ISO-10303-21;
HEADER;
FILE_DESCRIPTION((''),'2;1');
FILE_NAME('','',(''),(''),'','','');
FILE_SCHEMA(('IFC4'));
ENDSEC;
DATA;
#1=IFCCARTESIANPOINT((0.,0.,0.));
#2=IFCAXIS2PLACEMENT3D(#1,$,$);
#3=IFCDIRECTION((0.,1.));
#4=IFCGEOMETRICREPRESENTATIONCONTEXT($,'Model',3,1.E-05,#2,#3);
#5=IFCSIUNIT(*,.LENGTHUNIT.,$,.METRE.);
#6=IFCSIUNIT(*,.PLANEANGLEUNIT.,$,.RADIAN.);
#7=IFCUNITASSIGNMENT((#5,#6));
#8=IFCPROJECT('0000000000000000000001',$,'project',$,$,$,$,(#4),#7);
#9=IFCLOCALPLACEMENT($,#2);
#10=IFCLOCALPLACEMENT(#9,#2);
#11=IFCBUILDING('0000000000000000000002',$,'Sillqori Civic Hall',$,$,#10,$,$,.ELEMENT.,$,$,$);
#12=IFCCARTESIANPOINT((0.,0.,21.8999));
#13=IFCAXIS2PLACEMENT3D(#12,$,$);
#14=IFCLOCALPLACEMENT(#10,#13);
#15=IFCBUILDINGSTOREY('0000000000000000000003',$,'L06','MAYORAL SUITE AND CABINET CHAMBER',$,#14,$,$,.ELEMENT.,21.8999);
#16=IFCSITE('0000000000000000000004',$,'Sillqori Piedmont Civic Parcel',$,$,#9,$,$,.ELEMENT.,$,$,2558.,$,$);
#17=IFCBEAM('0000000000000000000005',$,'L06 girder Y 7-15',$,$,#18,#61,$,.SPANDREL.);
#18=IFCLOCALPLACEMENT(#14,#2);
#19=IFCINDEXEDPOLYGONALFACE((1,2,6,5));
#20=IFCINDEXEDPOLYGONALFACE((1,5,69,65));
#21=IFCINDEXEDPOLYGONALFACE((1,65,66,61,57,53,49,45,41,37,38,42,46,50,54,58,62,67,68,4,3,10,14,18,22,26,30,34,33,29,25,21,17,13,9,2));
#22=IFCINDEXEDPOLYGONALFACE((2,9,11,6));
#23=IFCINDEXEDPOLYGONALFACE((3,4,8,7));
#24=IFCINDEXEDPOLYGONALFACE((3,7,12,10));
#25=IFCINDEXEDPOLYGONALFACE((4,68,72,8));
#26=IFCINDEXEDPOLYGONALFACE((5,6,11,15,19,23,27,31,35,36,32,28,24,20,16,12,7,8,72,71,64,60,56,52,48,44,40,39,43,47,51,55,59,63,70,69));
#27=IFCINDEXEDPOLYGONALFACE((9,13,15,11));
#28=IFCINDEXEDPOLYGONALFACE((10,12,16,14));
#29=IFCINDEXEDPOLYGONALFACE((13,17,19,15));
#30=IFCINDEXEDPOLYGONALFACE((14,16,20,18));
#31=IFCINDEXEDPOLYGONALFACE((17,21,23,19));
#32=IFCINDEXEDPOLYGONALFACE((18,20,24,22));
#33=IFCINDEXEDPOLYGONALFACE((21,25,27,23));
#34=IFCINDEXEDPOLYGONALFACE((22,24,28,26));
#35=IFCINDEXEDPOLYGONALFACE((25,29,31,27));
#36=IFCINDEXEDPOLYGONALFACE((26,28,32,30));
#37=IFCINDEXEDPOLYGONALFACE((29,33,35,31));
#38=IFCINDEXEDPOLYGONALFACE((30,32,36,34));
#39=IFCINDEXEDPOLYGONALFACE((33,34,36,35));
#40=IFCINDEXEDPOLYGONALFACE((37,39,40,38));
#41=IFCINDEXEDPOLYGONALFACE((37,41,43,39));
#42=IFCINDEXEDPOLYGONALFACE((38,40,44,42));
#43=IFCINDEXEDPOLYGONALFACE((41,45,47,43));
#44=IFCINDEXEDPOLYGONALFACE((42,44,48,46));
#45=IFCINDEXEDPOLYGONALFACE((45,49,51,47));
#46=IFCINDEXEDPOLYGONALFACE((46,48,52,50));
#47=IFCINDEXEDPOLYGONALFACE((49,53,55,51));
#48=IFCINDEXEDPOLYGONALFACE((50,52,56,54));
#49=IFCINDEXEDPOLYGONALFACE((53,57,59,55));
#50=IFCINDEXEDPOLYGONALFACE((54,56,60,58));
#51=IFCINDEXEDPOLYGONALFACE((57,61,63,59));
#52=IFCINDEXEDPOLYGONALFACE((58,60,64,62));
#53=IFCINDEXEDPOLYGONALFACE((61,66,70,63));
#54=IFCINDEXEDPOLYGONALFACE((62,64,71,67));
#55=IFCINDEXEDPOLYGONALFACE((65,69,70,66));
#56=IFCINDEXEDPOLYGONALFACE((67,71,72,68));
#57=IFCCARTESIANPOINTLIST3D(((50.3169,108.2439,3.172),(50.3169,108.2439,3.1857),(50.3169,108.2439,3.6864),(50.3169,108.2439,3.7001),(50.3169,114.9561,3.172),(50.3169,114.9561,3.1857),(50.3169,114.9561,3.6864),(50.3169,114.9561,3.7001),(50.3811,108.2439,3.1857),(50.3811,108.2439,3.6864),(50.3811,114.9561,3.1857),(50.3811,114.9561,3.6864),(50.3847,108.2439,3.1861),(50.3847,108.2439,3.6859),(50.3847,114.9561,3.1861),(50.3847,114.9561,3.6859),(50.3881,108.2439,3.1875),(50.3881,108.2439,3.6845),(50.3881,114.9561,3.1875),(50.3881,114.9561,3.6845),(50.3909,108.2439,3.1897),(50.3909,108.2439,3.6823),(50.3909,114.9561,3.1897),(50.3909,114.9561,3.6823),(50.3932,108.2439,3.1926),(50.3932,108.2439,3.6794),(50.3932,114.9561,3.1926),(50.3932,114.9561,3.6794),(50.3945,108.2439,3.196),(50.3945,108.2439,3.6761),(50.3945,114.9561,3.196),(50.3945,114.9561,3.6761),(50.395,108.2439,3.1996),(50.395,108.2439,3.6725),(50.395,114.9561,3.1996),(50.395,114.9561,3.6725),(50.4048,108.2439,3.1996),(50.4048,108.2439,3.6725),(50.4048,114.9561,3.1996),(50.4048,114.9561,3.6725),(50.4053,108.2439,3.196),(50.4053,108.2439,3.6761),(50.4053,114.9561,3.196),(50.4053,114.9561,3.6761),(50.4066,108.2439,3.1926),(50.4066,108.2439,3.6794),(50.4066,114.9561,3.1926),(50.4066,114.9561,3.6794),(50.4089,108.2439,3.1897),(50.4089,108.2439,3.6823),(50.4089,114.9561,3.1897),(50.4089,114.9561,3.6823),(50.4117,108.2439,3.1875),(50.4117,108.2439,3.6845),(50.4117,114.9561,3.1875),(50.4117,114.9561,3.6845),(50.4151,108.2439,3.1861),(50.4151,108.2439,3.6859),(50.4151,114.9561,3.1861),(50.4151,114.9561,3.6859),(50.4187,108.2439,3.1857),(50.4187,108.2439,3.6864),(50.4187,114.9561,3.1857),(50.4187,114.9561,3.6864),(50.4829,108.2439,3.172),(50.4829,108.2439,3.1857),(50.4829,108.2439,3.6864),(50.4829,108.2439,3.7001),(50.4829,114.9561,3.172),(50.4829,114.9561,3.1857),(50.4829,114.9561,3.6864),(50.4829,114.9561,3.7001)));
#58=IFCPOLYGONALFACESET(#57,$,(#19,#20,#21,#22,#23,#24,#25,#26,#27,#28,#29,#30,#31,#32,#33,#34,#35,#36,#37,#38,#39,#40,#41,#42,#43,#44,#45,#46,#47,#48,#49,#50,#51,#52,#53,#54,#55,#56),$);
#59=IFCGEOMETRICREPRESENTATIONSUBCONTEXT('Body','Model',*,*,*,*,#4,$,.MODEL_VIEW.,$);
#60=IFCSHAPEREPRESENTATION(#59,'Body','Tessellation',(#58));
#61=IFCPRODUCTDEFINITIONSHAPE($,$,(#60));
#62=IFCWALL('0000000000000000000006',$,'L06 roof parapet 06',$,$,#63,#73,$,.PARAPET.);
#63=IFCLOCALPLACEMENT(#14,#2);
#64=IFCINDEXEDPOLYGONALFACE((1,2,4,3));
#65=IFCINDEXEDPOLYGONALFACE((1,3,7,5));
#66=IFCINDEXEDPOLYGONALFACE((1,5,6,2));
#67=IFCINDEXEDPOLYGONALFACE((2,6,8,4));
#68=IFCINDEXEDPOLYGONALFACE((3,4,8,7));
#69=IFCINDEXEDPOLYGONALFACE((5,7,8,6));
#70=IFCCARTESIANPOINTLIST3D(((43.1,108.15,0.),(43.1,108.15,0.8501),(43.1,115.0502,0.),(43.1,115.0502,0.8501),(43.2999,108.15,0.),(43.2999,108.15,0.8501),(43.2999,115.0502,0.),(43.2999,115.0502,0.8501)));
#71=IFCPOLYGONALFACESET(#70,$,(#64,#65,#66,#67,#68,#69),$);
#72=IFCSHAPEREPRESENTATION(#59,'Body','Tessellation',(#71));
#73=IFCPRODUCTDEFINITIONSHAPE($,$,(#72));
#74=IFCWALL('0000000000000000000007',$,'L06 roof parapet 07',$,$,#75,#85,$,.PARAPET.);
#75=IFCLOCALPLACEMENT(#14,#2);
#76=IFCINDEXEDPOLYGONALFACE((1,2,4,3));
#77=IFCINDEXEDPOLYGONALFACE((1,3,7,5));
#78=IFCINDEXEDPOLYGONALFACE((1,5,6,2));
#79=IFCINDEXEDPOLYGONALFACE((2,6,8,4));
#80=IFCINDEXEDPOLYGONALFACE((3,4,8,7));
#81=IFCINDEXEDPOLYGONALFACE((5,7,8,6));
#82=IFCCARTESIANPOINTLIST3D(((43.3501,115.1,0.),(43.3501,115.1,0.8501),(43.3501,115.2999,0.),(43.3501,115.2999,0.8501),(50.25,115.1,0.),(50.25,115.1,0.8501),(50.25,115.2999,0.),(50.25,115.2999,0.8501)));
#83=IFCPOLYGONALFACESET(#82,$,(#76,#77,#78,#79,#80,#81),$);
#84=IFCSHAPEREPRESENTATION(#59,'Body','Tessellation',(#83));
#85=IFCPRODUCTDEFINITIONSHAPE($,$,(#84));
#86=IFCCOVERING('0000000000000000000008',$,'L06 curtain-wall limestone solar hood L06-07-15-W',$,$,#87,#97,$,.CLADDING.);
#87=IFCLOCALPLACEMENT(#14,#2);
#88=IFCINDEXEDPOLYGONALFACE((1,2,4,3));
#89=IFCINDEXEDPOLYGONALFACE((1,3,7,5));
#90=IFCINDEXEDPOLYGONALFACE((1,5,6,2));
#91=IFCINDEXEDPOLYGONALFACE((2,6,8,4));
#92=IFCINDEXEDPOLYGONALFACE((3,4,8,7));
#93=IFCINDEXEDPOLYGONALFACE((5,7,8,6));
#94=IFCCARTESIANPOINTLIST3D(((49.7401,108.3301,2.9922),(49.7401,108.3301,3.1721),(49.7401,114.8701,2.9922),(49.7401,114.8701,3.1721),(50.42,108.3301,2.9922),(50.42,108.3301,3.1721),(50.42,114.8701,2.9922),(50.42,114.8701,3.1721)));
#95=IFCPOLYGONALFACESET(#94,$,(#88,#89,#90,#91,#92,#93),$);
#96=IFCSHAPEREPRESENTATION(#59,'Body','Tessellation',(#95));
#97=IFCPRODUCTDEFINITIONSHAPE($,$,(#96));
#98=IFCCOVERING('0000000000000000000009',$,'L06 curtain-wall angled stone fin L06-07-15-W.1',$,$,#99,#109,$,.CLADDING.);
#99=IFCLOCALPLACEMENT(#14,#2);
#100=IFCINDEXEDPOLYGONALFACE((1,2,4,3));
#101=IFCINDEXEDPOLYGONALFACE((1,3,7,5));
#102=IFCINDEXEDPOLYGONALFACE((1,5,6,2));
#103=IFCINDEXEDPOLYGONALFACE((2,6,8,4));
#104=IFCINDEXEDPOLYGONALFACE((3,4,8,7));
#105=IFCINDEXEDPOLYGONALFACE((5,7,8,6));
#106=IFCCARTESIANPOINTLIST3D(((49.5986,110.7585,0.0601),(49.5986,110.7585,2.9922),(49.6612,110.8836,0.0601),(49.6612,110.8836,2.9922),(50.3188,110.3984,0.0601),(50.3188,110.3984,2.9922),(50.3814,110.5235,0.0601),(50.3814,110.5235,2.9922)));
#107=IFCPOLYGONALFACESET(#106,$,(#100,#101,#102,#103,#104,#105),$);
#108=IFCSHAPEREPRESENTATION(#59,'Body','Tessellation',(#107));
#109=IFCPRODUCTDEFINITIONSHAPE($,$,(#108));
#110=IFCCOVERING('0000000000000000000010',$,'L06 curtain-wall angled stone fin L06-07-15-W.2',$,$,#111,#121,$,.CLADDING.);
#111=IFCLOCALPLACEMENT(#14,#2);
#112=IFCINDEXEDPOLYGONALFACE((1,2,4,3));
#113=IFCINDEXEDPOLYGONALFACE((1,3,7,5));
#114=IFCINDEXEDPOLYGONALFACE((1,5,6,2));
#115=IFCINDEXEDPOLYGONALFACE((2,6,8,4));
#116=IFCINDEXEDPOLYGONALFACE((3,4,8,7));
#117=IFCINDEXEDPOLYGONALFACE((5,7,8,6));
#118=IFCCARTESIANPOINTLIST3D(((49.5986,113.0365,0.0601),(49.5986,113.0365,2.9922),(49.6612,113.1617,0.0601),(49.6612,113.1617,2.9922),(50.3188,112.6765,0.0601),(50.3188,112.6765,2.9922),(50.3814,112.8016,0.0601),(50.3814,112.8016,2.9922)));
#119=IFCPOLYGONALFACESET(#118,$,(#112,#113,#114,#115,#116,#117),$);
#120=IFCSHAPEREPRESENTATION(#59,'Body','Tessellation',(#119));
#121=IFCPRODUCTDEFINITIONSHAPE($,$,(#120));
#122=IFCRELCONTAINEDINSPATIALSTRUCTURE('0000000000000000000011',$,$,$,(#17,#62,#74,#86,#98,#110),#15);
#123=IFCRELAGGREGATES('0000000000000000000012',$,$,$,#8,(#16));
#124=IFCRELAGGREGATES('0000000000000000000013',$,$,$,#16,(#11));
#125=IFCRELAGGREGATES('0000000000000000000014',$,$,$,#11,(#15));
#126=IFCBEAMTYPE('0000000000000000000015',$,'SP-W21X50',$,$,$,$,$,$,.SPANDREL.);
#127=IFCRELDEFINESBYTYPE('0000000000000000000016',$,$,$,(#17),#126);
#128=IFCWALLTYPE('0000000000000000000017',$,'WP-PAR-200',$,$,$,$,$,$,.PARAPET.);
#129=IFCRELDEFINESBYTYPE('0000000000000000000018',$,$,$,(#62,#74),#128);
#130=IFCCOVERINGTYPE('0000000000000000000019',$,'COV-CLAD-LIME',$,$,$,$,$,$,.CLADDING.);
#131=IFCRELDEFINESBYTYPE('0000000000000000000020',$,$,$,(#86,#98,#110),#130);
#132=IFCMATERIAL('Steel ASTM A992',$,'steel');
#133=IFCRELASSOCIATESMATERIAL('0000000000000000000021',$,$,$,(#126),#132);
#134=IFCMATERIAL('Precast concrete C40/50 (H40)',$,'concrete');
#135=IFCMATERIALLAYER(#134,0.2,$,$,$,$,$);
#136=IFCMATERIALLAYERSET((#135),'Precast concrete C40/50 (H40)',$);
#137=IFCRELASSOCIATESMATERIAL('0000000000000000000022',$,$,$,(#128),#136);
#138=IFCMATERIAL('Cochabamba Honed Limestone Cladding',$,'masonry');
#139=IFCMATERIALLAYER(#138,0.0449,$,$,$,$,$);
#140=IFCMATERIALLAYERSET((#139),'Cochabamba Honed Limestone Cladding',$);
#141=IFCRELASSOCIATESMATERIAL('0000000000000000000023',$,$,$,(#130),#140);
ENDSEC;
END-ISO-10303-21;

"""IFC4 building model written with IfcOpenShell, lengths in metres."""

from ifc_helpers import new_model, si_unit, direction, frame, frame_2d, origin, origin_2d, place, context, subcontext, project, spatial, rectangle, i_section, extrude, material, layer, layer_set, material_profile, profile_set, type_object, element, save


model = new_model("IFC4")

# Units and contexts
model_context = context("Model", 3, precision=1e-05, world=origin(), true_north=direction((0.0, 1.0)))
body_context = subcontext(model_context, "Body", "Model", "MODEL_VIEW")
ifc_project = project(units=[si_unit("LENGTHUNIT", "METRE"), si_unit("PLANEANGLEUNIT", "RADIAN")], contexts=[model_context])

# Site, building, storey
site_placement = place(None, origin())
building_placement = place(site_placement, origin())
storey_placement = place(building_placement, frame((0.0, 0.0, 21.8999)))
site = spatial("IfcSite", under=ifc_project, at=site_placement, Name="Sillqori Piedmont Civic Parcel", CompositionType="ELEMENT", RefElevation=2558.0)
building = spatial("IfcBuilding", under=site, at=building_placement, Name="Sillqori Civic Hall", CompositionType="ELEMENT")
storey = spatial("IfcBuildingStorey", under=building, at=storey_placement, Name="L06", Description="MAYORAL SUITE AND CABINET CHAMBER", CompositionType="ELEMENT", Elevation=21.8999)

# Beam
ifc_material_1 = material(Name="Steel ASTM A992", Category="steel")
ifc_material_profile_1 = material_profile(ifc_material_1, i_section(OverallWidth=0.166, OverallDepth=0.5281, WebThickness=0.0098, FlangeThickness=0.0137, FilletRadius=0.0139, at=origin_2d()), Name="W21X50")
ifc_profile_set_1 = profile_set([ifc_material_profile_1], Name="Steel ASTM A992")
beam_type = type_object("IfcBeamType", Name="SP-W21X50", PredefinedType="SPANDREL", material=ifc_profile_set_1)
beam_placement = place(storey_placement, frame((50.3999, 108.2439, 3.436), z_axis=(0.0, 1.0, 0.0), x_axis=(-1.0, 0.0, 0.0)))
element("IfcBeam", 1, at=beam_placement, inside=storey, type_object=beam_type, Name="L06 girder Y 7-15", PredefinedType="SPANDREL", context=body_context, shape_type="SweptSolid", body=[
    extrude(i_section(OverallWidth=0.166, OverallDepth=0.5281, WebThickness=0.0098, FlangeThickness=0.0137, FilletRadius=0.0139, at=origin_2d()), origin(), (0.0, 0.0, 1.0), 6.7122),
])

# Walls
ifc_material_2 = material(Name="Precast concrete C40/50 (H40)", Category="concrete")
ifc_layer_1 = layer(ifc_material_2, 0.2)
ifc_layer_set_1 = layer_set([ifc_layer_1], Name="Precast concrete C40/50 (H40)")
wall_type = type_object("IfcWallType", Name="WP-PAR-200", PredefinedType="PARAPET", material=ifc_layer_set_1)
wall_1_placement = place(storey_placement, frame((43.2, 108.1499, 0.0), z_axis=(0.0, 0.0, 1.0), x_axis=(0.0, 1.0, 0.0)))
element("IfcWall", 2, at=wall_1_placement, inside=storey, type_object=wall_type, Name="L06 roof parapet 06", PredefinedType="PARAPET", context=body_context, shape_type="SweptSolid", body=[
    extrude(rectangle(XDim=6.9001, YDim=0.2, at=frame_2d((3.4502, 0.0))), origin(), (0.0, 0.0, 1.0), 0.8501),
])
wall_2_placement = place(storey_placement, frame((43.3501, 115.2, 0.0), z_axis=(0.0, 0.0, 1.0), x_axis=(1.0, 0.0, 0.0)))
element("IfcWall", 3, at=wall_2_placement, inside=storey, type_object=wall_type, Name="L06 roof parapet 07", PredefinedType="PARAPET", context=body_context, shape_type="SweptSolid", body=[
    extrude(rectangle(XDim=6.8999, YDim=0.2, at=frame_2d((3.45, 0.0))), origin(), (0.0, 0.0, 1.0), 0.8501),
])

# Coverings
ifc_material_3 = material(Name="Cochabamba Honed Limestone Cladding", Category="masonry")
ifc_layer_2 = layer(ifc_material_3, 0.0449)
ifc_layer_set_2 = layer_set([ifc_layer_2], Name="Cochabamba Honed Limestone Cladding")
covering_type = type_object("IfcCoveringType", Name="COV-CLAD-LIME", PredefinedType="CLADDING", material=ifc_layer_set_2)
covering_placement = place(storey_placement, frame((50.0801, 108.3301, 2.9922), z_axis=(0.0, 0.0, 1.0), x_axis=(0.0, 1.0, 0.0)))
element("IfcCovering", 4, at=covering_placement, inside=storey, type_object=covering_type, Name="L06 curtain-wall limestone solar hood L06-07-15-W", PredefinedType="CLADDING", context=body_context, shape_type="SweptSolid", body=[
    extrude(rectangle(XDim=6.54, YDim=0.6799, at=frame_2d((3.27, 0.0))), origin(), (0.0, 0.0, 1.0), 0.1799),
])
for number, where, z_axis, x_axis, name in (
    (5, (50.3501, 110.4609, 0.0601), (0.0, 0.0, 1.0), (-0.894427, 0.447214, 0.0), "L06 curtain-wall angled stone fin L06-07-15-W.1"),
    (6, (50.3501, 112.739, 0.0601), (0.0, 0.0, 1.0), (-0.894427, 0.447214, 0.0), "L06 curtain-wall angled stone fin L06-07-15-W.2"),
):
    element("IfcCovering", number, at=place(storey_placement, frame(where, z_axis=z_axis, x_axis=x_axis)), inside=storey, type_object=covering_type, Name=name, PredefinedType="CLADDING", context=body_context, shape_type="SweptSolid", body=[
        extrude(rectangle(XDim=0.8052, YDim=0.1399, at=frame_2d((0.4026, 0.0))), origin(), (0.0, 0.0, 1.0), 2.9321),
    ])

save(model, "model.ifc")
